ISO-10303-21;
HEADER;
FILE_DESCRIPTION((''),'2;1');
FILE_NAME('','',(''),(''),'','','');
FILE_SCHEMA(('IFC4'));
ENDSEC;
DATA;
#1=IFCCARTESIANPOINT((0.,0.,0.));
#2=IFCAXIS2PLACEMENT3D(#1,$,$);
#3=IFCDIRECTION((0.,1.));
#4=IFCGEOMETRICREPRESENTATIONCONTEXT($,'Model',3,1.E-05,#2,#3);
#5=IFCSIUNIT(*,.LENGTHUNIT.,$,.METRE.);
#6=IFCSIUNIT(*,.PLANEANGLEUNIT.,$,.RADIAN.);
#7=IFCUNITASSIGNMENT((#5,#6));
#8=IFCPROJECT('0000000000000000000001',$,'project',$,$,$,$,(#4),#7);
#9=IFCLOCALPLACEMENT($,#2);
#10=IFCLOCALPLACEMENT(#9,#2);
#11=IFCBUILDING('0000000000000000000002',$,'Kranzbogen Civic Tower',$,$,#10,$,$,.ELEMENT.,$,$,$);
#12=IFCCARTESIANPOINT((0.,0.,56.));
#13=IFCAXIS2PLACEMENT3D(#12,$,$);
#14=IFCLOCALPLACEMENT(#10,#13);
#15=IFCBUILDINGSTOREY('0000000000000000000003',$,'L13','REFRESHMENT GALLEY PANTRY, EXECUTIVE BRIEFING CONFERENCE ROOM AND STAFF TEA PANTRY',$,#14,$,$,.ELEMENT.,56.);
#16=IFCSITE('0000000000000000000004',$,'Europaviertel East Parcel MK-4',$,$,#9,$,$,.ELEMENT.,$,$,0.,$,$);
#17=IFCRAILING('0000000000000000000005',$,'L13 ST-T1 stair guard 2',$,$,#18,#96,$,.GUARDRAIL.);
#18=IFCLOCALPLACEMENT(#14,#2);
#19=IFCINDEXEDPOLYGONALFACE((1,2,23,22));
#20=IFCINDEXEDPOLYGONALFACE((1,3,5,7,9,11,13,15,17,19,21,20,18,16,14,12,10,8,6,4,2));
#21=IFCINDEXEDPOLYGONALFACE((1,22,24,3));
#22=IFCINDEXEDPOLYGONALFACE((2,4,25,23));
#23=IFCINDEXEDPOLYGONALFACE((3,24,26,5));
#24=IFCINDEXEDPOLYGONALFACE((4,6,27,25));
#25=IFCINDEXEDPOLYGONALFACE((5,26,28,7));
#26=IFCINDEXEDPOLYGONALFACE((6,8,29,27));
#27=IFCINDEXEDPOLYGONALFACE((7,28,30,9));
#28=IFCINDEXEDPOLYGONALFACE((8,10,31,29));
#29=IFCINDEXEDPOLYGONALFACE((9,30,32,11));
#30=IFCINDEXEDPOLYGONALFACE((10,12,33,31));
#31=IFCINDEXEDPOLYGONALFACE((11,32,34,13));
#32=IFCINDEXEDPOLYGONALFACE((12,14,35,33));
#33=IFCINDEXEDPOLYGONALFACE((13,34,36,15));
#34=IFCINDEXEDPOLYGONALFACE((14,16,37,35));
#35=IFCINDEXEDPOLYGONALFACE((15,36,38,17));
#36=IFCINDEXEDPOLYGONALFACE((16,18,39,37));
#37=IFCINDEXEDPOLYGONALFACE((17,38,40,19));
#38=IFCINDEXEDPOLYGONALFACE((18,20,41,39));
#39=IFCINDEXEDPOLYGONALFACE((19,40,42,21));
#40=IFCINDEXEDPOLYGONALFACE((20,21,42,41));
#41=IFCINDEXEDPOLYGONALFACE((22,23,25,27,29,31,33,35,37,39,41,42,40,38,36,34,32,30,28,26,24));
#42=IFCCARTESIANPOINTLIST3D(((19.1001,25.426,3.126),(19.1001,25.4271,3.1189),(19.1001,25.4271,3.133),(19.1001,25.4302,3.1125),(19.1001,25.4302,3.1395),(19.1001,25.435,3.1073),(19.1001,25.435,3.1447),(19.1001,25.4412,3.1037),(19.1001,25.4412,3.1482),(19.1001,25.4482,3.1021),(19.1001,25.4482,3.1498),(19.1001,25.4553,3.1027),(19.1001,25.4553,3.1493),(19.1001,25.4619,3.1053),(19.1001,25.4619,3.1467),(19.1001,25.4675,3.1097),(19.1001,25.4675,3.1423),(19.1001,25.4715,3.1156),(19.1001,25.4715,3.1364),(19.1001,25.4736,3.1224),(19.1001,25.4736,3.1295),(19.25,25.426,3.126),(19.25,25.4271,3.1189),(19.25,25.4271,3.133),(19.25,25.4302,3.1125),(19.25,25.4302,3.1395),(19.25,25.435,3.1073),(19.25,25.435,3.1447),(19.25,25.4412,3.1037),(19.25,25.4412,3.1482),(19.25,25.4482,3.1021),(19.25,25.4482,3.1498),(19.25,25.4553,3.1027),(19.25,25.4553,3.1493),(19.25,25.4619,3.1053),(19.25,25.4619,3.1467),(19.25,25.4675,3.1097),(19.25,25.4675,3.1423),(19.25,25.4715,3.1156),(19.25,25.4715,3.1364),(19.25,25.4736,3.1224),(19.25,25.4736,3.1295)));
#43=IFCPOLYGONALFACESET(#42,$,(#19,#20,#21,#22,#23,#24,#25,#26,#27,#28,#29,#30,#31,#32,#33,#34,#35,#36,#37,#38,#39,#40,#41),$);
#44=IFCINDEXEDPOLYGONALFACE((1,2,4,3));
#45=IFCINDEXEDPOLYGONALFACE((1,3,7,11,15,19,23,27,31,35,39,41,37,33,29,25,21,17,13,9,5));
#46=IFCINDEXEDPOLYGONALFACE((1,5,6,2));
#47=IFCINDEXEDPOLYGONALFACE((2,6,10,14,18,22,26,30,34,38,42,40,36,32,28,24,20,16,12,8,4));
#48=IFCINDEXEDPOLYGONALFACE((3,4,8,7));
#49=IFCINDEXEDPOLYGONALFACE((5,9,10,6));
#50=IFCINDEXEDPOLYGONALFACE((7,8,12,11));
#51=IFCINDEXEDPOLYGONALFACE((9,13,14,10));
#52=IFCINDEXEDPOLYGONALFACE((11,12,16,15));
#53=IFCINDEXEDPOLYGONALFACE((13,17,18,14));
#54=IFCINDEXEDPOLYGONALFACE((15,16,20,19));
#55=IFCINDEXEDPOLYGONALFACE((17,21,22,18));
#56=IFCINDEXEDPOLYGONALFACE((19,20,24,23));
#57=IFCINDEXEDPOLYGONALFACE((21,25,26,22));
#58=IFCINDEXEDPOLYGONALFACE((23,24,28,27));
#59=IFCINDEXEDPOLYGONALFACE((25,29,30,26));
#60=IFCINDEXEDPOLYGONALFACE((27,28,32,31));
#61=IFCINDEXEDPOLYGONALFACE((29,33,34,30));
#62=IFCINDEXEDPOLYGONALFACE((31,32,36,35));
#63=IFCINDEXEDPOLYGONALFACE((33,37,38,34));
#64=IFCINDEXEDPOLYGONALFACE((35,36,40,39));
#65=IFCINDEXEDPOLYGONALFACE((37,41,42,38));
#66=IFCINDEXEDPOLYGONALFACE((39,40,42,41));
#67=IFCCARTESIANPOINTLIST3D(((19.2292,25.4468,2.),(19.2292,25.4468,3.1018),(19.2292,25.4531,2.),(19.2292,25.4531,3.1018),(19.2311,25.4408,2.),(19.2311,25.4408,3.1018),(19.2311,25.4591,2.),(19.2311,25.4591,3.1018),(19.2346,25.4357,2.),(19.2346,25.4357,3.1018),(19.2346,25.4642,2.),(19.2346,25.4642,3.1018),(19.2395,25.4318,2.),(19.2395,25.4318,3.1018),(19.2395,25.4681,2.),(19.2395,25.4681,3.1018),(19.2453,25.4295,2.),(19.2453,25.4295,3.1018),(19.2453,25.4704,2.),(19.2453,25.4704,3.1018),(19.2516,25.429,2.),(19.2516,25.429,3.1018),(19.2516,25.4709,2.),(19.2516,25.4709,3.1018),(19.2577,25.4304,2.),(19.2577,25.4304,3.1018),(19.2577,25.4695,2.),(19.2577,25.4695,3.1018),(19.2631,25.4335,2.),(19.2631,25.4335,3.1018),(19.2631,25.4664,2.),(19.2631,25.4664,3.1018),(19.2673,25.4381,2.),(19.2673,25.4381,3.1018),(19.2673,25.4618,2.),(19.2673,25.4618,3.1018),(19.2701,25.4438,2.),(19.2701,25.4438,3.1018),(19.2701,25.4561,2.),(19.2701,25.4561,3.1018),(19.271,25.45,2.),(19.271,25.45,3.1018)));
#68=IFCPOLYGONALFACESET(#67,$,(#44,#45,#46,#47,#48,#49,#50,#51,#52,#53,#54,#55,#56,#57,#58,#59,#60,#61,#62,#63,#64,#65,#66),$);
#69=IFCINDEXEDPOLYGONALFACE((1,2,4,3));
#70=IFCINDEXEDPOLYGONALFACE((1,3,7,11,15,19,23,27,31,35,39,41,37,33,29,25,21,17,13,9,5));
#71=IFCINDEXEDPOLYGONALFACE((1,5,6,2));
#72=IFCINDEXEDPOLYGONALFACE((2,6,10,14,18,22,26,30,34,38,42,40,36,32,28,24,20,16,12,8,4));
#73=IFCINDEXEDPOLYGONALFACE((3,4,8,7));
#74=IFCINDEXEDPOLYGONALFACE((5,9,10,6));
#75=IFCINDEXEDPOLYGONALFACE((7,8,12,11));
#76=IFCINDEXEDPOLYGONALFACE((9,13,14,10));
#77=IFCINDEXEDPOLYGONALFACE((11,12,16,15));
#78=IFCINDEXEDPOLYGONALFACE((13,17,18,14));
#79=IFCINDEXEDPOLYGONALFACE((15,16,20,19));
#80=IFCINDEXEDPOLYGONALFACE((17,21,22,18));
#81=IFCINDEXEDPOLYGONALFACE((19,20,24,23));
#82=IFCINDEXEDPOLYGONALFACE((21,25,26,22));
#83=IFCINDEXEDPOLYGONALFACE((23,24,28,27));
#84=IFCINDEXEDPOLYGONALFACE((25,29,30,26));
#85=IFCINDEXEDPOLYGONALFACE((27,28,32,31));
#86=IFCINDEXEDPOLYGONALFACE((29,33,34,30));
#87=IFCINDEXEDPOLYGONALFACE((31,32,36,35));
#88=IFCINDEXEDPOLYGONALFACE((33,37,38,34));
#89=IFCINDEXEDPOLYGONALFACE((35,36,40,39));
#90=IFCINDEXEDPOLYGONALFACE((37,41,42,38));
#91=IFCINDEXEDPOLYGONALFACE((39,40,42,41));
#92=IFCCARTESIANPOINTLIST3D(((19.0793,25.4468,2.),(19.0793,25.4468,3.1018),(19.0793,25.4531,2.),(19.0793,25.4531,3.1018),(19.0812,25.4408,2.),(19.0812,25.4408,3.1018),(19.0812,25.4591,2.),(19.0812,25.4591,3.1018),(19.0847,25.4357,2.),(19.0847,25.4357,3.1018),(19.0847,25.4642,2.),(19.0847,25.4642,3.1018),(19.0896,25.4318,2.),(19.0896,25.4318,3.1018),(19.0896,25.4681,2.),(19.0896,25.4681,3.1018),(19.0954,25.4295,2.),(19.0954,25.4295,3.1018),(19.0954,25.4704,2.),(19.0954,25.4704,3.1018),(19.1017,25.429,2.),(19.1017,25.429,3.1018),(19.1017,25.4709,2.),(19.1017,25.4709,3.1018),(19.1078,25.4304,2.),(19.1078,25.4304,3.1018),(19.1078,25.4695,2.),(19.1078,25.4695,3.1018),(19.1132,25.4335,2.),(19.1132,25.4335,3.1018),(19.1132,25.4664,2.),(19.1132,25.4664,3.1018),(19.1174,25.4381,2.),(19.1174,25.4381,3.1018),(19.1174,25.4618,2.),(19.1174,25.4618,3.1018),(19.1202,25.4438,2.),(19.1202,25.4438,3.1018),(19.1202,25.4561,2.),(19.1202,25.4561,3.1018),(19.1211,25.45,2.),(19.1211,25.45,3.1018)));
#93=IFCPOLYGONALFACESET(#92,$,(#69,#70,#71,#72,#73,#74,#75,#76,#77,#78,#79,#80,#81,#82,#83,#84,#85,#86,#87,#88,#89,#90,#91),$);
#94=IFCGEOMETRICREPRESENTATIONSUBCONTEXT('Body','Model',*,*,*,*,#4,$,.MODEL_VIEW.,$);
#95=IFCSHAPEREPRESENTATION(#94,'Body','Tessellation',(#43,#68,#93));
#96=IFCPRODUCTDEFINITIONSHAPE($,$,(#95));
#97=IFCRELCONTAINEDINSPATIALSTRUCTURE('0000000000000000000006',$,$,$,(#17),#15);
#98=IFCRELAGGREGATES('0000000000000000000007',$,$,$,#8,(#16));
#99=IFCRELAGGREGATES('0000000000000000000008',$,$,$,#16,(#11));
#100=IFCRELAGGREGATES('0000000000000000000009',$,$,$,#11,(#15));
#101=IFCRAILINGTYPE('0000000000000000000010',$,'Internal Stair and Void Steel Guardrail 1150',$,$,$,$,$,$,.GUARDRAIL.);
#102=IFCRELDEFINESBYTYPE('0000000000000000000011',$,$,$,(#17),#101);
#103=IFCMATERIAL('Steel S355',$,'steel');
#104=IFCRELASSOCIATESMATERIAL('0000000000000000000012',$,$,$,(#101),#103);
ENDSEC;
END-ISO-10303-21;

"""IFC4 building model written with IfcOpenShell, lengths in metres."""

from ifc_helpers import new_model, si_unit, direction, frame, origin, origin_2d, place, context, subcontext, project, spatial, circle, extrude, material, type_object, element, save


model = new_model("IFC4")

# Units and contexts
model_context = context("Model", 3, precision=1e-05, world=origin(), true_north=direction((0.0, 1.0)))
body_context = subcontext(model_context, "Body", "Model", "MODEL_VIEW")
ifc_project = project(units=[si_unit("LENGTHUNIT", "METRE"), si_unit("PLANEANGLEUNIT", "RADIAN")], contexts=[model_context])

# Site, building, storey
site_placement = place(None, origin())
site = spatial("IfcSite", under=ifc_project, at=site_placement, Name="Europaviertel East Parcel MK-4", CompositionType="ELEMENT", RefElevation=0.0)
building_placement = place(site_placement, origin())
building = spatial("IfcBuilding", under=site, at=building_placement, Name="Kranzbogen Civic Tower", CompositionType="ELEMENT")
storey_placement = place(building_placement, frame((0.0, 0.0, 56.0)))
storey = spatial("IfcBuildingStorey", under=building, at=storey_placement, Name="L13", Description="REFRESHMENT GALLEY PANTRY, EXECUTIVE BRIEFING CONFERENCE ROOM AND STAFF TEA PANTRY", CompositionType="ELEMENT", Elevation=56.0)

# Shared definitions
ifc_material_1 = material(Name="Steel S355", Category="steel")

# Railing
railing_type_1 = type_object("IfcRailingType", Name="Internal Stair and Void Steel Guardrail 1150", PredefinedType="GUARDRAIL", material=ifc_material_1)
railing_1_placement = place(storey_placement, frame((19.25, 25.45, 2.0)))
element("IfcRailing", 1, at=railing_1_placement, inside=storey, type_object=railing_type_1, Name="L13 ST-T1 stair guard 2", PredefinedType="GUARDRAIL", context=body_context, shape_type="SweptSolid", body=[
    extrude(circle(Radius=0.0239, at=origin_2d()), frame((0.0, 0.0, 1.126), z_axis=(-1.0, 0.0, 0.0), x_axis=(0.0, -1.0, 0.0)), (0.0, 0.0, 1.0), 0.1499),
    extrude(circle(Radius=0.021, at=origin_2d()), origin(), (0.0, 0.0, 1.0), 1.1018),
    extrude(circle(Radius=0.021, at=origin_2d()), frame((-0.1499, 0.0, 0.0)), (0.0, 0.0, 1.0), 1.1018),
])

save(model, "model.ifc")
